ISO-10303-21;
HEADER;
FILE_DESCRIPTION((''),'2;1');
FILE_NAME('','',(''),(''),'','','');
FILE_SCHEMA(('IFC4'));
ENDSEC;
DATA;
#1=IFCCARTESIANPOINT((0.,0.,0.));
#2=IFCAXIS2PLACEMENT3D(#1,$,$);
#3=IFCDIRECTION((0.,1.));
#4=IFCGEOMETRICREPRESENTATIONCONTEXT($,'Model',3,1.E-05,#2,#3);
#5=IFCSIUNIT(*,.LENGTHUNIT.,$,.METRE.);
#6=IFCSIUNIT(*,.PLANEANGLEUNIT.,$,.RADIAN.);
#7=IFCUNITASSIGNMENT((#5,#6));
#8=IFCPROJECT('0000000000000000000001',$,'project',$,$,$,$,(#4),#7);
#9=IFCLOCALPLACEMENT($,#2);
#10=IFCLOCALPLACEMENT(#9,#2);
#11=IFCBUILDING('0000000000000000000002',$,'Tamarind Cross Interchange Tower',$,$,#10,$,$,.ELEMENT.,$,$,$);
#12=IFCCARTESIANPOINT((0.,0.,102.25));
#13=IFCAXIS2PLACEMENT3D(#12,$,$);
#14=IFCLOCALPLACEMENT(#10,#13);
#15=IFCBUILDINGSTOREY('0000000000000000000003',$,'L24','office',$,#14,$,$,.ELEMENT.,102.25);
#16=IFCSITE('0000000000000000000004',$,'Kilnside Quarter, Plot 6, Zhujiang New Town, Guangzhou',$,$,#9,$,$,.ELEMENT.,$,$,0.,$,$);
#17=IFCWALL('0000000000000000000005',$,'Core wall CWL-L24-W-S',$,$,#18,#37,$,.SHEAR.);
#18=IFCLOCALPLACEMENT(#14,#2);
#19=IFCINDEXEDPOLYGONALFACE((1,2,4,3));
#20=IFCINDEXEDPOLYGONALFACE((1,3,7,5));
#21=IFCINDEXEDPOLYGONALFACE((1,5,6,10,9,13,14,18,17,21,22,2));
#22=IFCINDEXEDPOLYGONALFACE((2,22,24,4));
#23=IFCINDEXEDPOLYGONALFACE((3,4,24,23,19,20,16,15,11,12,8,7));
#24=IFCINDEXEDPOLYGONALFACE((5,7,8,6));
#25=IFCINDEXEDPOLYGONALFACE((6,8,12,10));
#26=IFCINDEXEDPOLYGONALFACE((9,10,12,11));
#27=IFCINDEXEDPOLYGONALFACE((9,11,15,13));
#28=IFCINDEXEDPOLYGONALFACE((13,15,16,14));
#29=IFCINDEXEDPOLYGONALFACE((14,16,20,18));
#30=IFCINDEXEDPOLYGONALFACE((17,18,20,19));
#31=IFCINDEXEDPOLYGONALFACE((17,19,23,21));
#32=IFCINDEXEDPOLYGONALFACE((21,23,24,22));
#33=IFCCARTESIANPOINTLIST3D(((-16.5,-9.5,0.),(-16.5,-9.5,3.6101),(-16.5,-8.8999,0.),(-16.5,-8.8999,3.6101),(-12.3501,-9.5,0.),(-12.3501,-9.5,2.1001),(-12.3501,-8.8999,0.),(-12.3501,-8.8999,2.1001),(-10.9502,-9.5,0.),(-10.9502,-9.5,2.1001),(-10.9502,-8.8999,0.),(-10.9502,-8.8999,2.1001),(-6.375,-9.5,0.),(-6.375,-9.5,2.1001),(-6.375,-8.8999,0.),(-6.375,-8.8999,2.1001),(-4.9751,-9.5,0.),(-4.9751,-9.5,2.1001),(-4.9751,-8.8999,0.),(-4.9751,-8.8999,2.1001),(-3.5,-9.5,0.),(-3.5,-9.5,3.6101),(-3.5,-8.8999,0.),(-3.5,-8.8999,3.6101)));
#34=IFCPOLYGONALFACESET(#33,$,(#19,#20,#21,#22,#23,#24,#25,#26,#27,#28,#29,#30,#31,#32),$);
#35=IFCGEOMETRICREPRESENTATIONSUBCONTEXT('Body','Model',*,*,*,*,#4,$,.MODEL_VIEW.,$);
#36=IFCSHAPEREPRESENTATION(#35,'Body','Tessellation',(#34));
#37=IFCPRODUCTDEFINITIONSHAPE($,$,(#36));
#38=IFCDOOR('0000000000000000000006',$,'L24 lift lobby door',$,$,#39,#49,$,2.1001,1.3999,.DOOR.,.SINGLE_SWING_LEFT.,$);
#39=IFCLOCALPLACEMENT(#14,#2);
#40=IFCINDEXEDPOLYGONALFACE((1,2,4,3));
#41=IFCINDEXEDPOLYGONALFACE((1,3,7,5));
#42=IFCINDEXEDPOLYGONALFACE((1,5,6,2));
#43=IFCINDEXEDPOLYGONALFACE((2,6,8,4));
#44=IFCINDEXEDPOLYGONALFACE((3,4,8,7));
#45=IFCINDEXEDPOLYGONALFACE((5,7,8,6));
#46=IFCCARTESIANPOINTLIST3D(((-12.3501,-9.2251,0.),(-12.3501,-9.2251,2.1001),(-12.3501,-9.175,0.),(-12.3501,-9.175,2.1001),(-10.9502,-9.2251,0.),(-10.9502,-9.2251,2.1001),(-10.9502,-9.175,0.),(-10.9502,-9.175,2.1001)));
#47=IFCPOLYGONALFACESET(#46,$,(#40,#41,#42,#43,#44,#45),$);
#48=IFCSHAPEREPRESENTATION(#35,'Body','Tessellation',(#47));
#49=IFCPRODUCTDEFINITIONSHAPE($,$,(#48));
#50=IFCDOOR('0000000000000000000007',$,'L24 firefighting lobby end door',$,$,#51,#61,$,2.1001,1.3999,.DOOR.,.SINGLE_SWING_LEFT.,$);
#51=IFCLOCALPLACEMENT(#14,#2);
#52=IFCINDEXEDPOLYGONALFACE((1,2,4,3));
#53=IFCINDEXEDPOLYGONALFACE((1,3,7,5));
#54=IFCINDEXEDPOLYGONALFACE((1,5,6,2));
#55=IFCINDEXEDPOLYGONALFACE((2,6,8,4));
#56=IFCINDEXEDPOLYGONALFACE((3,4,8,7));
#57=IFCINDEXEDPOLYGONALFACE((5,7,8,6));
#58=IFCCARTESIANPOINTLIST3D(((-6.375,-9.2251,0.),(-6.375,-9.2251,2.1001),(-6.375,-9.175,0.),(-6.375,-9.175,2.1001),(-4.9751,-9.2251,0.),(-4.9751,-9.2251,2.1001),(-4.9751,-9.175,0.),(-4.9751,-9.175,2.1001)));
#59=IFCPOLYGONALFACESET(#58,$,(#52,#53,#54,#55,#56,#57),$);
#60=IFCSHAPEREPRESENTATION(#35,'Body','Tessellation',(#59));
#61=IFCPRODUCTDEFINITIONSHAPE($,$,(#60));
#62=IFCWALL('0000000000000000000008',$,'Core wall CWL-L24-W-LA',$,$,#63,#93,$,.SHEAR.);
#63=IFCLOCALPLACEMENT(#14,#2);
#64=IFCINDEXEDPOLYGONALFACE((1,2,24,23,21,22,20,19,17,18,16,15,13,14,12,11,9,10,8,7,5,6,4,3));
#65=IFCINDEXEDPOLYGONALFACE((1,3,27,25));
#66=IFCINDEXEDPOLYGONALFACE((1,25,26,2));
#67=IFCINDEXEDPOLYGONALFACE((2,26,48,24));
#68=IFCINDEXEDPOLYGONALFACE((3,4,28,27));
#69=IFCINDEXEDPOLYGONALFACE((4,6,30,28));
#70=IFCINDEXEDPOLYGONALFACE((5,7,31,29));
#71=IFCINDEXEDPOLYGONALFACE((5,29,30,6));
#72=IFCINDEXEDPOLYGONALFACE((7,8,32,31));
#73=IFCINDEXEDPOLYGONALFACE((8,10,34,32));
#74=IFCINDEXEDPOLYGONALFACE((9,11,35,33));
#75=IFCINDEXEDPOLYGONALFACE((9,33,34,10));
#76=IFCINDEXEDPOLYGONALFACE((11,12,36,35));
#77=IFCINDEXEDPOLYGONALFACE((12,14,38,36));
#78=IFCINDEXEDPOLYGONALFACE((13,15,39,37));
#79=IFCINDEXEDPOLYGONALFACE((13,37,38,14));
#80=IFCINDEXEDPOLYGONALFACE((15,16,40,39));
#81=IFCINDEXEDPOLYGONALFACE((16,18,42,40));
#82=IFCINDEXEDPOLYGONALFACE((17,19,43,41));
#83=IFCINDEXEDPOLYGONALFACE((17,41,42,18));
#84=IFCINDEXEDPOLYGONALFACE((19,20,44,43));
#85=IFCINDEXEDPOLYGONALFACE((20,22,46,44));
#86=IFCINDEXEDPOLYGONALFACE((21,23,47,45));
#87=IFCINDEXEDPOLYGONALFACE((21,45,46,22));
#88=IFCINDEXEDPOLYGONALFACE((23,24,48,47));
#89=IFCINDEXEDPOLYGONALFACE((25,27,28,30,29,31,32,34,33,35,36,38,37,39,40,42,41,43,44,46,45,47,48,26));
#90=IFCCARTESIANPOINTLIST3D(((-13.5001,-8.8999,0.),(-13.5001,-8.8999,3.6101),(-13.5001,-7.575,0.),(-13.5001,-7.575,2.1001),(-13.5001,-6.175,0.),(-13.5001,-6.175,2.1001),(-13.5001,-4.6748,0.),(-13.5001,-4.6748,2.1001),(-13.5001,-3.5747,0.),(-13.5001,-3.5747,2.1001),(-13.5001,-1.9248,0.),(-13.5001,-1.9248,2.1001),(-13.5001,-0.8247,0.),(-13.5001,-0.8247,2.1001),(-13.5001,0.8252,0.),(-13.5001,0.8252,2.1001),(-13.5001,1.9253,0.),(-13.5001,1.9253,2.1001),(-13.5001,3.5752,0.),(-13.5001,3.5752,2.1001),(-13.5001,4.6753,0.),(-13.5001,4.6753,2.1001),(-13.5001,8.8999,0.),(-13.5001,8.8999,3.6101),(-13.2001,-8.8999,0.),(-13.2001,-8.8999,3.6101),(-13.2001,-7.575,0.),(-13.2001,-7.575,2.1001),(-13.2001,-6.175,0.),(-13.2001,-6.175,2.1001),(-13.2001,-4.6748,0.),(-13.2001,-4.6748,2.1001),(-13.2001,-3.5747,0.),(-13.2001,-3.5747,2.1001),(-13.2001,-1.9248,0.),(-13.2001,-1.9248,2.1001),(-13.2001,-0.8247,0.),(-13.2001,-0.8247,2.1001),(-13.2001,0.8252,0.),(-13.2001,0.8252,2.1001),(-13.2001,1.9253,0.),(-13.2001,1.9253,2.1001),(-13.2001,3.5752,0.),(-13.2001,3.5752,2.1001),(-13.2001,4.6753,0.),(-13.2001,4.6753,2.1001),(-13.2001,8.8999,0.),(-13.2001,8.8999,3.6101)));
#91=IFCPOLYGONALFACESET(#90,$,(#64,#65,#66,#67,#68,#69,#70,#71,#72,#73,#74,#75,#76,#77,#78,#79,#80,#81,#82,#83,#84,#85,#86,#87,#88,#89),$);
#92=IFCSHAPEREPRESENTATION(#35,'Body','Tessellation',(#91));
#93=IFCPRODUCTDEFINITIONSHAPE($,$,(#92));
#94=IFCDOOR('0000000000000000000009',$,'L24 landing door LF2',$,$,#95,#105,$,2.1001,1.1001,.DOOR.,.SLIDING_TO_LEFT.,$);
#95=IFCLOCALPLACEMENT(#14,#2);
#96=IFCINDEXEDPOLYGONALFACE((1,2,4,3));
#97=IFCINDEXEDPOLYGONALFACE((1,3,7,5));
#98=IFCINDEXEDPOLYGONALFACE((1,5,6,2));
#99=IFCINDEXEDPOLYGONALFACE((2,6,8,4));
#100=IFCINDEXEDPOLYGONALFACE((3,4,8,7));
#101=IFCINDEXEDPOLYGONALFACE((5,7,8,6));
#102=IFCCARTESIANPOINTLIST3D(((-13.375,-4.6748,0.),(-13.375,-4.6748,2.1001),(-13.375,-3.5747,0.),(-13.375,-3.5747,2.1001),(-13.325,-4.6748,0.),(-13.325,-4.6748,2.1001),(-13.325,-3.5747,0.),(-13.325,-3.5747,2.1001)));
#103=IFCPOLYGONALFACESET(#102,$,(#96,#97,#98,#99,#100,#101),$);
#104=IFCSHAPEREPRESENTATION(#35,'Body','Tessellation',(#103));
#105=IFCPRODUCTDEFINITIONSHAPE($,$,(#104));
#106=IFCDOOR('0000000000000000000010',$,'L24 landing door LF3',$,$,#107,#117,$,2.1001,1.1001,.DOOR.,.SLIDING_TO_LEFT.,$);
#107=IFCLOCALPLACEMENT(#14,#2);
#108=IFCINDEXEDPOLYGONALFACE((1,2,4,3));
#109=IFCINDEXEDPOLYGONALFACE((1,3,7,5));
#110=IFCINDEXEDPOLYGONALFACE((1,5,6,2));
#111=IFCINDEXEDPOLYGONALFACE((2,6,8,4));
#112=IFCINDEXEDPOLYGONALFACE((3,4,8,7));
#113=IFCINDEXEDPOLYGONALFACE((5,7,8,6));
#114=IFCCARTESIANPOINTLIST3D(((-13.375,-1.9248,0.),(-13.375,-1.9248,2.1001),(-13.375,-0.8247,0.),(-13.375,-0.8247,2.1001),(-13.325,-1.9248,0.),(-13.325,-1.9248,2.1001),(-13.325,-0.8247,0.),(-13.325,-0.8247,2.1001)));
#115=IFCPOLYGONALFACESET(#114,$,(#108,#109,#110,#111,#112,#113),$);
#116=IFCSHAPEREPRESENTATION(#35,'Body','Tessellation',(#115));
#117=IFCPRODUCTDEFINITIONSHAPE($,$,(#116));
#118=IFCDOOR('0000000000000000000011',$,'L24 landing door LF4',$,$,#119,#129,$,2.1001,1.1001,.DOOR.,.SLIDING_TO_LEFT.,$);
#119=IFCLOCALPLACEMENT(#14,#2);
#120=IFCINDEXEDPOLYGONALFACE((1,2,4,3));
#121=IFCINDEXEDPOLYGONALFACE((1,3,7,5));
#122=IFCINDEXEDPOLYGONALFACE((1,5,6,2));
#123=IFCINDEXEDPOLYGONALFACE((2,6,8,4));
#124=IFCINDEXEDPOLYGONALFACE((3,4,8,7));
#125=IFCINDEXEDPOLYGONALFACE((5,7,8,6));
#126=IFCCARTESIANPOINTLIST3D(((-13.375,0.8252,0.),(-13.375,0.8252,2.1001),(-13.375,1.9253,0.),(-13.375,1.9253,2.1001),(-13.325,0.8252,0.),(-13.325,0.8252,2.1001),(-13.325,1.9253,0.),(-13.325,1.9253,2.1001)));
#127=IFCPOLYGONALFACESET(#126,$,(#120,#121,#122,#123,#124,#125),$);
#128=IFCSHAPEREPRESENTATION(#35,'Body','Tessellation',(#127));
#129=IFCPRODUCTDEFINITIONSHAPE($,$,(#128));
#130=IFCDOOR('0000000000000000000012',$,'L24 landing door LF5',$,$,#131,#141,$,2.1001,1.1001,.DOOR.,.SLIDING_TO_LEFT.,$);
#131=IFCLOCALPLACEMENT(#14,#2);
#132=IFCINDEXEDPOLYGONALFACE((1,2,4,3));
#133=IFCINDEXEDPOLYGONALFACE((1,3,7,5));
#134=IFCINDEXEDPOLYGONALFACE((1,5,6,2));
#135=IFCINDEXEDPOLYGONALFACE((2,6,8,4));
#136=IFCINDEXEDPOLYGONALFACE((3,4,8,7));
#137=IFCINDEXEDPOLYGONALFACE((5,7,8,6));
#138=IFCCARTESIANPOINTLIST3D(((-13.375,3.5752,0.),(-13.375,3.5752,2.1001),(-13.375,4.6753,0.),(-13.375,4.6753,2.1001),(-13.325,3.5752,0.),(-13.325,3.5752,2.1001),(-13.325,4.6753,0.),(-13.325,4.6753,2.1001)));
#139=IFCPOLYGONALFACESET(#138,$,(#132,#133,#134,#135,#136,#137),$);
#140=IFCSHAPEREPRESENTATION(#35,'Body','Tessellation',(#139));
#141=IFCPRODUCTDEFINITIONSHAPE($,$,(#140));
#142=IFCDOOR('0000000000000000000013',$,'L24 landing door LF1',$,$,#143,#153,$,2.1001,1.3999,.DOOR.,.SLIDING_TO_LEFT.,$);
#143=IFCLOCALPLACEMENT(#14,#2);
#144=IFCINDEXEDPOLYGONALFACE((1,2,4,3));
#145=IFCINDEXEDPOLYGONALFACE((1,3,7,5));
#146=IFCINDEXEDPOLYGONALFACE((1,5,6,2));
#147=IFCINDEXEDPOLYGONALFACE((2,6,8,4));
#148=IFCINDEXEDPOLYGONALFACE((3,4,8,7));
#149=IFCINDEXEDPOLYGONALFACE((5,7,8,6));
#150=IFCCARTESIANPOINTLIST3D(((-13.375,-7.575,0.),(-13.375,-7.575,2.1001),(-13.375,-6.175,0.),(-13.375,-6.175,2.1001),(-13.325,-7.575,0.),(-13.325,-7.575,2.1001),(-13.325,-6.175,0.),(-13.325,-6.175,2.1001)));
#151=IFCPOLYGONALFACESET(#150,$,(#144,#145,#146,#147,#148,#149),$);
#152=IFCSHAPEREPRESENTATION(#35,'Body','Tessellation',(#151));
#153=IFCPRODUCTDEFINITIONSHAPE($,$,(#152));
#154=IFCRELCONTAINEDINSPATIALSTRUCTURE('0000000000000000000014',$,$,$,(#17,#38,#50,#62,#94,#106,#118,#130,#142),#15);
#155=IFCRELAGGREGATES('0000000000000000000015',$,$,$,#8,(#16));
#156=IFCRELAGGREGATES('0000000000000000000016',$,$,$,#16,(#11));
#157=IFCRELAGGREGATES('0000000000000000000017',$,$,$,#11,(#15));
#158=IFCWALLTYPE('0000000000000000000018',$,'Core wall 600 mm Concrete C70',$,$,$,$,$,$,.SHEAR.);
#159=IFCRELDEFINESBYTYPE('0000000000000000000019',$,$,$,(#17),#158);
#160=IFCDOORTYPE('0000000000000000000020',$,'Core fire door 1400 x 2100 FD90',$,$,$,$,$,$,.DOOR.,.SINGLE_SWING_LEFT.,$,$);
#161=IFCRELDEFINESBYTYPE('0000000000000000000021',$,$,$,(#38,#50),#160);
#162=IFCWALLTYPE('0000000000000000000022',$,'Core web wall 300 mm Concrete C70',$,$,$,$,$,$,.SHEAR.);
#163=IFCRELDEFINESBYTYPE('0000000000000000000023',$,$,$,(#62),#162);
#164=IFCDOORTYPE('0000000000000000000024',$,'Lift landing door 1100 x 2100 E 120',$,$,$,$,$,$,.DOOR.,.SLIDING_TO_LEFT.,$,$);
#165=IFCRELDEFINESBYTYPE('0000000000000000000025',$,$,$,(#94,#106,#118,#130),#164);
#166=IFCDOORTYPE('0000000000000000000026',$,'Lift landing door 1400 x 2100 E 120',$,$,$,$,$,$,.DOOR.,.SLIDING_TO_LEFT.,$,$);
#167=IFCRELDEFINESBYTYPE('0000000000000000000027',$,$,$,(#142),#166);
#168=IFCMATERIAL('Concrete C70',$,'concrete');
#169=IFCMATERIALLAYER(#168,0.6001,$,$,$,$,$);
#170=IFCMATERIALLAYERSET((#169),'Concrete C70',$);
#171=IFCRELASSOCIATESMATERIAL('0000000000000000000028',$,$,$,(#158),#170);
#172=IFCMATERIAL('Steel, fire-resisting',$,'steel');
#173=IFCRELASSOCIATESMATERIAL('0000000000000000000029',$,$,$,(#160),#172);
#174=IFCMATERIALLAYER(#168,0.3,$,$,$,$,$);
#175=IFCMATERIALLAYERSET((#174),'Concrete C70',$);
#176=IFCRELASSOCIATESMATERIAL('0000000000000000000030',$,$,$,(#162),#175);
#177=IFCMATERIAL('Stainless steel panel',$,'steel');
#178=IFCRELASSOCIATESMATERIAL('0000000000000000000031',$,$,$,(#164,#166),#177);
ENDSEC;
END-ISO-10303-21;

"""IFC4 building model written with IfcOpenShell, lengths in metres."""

from ifc_helpers import new_model, si_unit, direction, frame, frame_2d, origin, place, context, subcontext, project, spatial, rectangle, extrude, material, layer, layer_set, type_object, element, fill, save


model = new_model("IFC4")

# Units and contexts
model_context = context("Model", 3, precision=1e-05, world=origin(), true_north=direction((0.0, 1.0)))
body_context = subcontext(model_context, "Body", "Model", "MODEL_VIEW")
ifc_project = project(units=[si_unit("LENGTHUNIT", "METRE"), si_unit("PLANEANGLEUNIT", "RADIAN")], contexts=[model_context])

# Site, building, storey
site_placement = place(None, origin())
site = spatial("IfcSite", under=ifc_project, at=site_placement, Name="Kilnside Quarter, Plot 6, Zhujiang New Town, Guangzhou", CompositionType="ELEMENT", RefElevation=0.0)
building_placement = place(site_placement, origin())
building = spatial("IfcBuilding", under=site, at=building_placement, Name="Tamarind Cross Interchange Tower", CompositionType="ELEMENT")
storey_placement = place(building_placement, frame((0.0, 0.0, 102.25)))
storey = spatial("IfcBuildingStorey", under=building, at=storey_placement, Name="L24", Description="office", CompositionType="ELEMENT", Elevation=102.25)

# Walls, openings, doors
ifc_material_1 = material(Name="Concrete C70", Category="concrete")
ifc_layer_1 = layer(ifc_material_1, 0.6001)
ifc_layer_set_1 = layer_set([ifc_layer_1], Name="Concrete C70")
wall_type_1 = type_object("IfcWallType", Name="Core wall 600 mm Concrete C70", PredefinedType="SHEAR", material=ifc_layer_set_1)
wall_1_placement = place(storey_placement, frame((-16.5, -9.2, 0.0), z_axis=(0.0, 0.0, 1.0), x_axis=(1.0, 0.0, 0.0)))
wall_1 = element("IfcWall", 1, at=wall_1_placement, inside=storey, type_object=wall_type_1, Name="Core wall CWL-L24-W-S", PredefinedType="SHEAR", context=body_context, shape_type="SweptSolid", body=[
    extrude(rectangle(XDim=13.0, YDim=0.6001, at=frame_2d((6.5, 0.0))), origin(), (0.0, 0.0, 1.0), 3.6101),
])
opening_1_placement = place(wall_1_placement, frame((4.1499, 0.0, 0.0)))
opening_1 = element("IfcOpeningElement", 2, at=opening_1_placement, cuts=wall_1, PredefinedType="OPENING", context=body_context, shape_type="SweptSolid", body=[
    extrude(rectangle(XDim=1.3999, YDim=2.1001, at=frame_2d((0.7, 1.05))), frame((0.0, 0.3101, 0.0), z_axis=(0.0, -1.0, 0.0), x_axis=(1.0, 0.0, 0.0)), (0.0, 0.0, 1.0), 0.6201),
])
opening_2_placement = place(wall_1_placement, frame((10.125, 0.0, 0.0)))
opening_2 = element("IfcOpeningElement", 3, at=opening_2_placement, cuts=wall_1, PredefinedType="OPENING", context=body_context, shape_type="SweptSolid", body=[
    extrude(rectangle(XDim=1.3999, YDim=2.1001, at=frame_2d((0.7, 1.05))), frame((0.0, 0.3101, 0.0), z_axis=(0.0, -1.0, 0.0), x_axis=(1.0, 0.0, 0.0)), (0.0, 0.0, 1.0), 0.6201),
])
ifc_material_2 = material(Name="Steel, fire-resisting", Category="steel")
door_type_1 = type_object("IfcDoorType", Name="Core fire door 1400 x 2100 FD90", OperationType="SINGLE_SWING_LEFT", PredefinedType="DOOR", material=ifc_material_2)
door_1_placement = place(opening_1_placement, origin())
door_1 = element("IfcDoor", 4, at=door_1_placement, inside=storey, type_object=door_type_1, Name="L24 lift lobby door", OperationType="SINGLE_SWING_LEFT", OverallHeight=2.1001, OverallWidth=1.3999, PredefinedType="DOOR", context=body_context, shape_type="SweptSolid", body=[
    extrude(rectangle(XDim=1.3999, YDim=2.1001, at=frame_2d((0.7, 1.05))), frame((0.0, 0.0249, 0.0), z_axis=(0.0, -1.0, 0.0), x_axis=(1.0, 0.0, 0.0)), (0.0, 0.0, 1.0), 0.05),
])
fill(opening_1, door_1)
door_2_placement = place(opening_2_placement, origin())
door_2 = element("IfcDoor", 5, at=door_2_placement, inside=storey, type_object=door_type_1, Name="L24 firefighting lobby end door", OperationType="SINGLE_SWING_LEFT", OverallHeight=2.1001, OverallWidth=1.3999, PredefinedType="DOOR", context=body_context, shape_type="SweptSolid", body=[
    extrude(rectangle(XDim=1.3999, YDim=2.1001, at=frame_2d((0.7, 1.05))), frame((0.0, 0.0249, 0.0), z_axis=(0.0, -1.0, 0.0), x_axis=(1.0, 0.0, 0.0)), (0.0, 0.0, 1.0), 0.05),
])
fill(opening_2, door_2)
ifc_layer_2 = layer(ifc_material_1, 0.3)
ifc_layer_set_2 = layer_set([ifc_layer_2], Name="Concrete C70")
wall_type_2 = type_object("IfcWallType", Name="Core web wall 300 mm Concrete C70", PredefinedType="SHEAR", material=ifc_layer_set_2)
wall_2_placement = place(storey_placement, frame((-13.3501, -8.8999, 0.0), z_axis=(0.0, 0.0, 1.0), x_axis=(0.0, 1.0, 0.0)))
wall_2 = element("IfcWall", 6, at=wall_2_placement, inside=storey, type_object=wall_type_2, Name="Core wall CWL-L24-W-LA", PredefinedType="SHEAR", context=body_context, shape_type="SweptSolid", body=[
    extrude(rectangle(XDim=17.7998, YDim=0.3, at=frame_2d((8.8999, 0.0))), origin(), (0.0, 0.0, 1.0), 3.6101),
])
opening_3_placement = place(wall_2_placement, frame((1.325, 0.0, 0.0)))
opening_3 = element("IfcOpeningElement", 7, at=opening_3_placement, cuts=wall_2, PredefinedType="OPENING", context=body_context, shape_type="SweptSolid", body=[
    extrude(rectangle(XDim=1.3999, YDim=2.1001, at=frame_2d((0.7, 1.05))), frame((0.0, 0.1599, 0.0), z_axis=(0.0, -1.0, 0.0), x_axis=(1.0, 0.0, 0.0)), (0.0, 0.0, 1.0), 0.3201),
])
opening_4_placement = place(wall_2_placement, frame((4.2251, 0.0, 0.0)))
opening_4 = element("IfcOpeningElement", 8, at=opening_4_placement, cuts=wall_2, PredefinedType="OPENING", context=body_context, shape_type="SweptSolid", body=[
    extrude(rectangle(XDim=1.1001, YDim=2.1001, at=frame_2d((0.55, 1.05))), frame((0.0, 0.1599, 0.0), z_axis=(0.0, -1.0, 0.0), x_axis=(1.0, 0.0, 0.0)), (0.0, 0.0, 1.0), 0.3201),
])
opening_5_placement = place(wall_2_placement, frame((6.9751, 0.0, 0.0)))
opening_5 = element("IfcOpeningElement", 9, at=opening_5_placement, cuts=wall_2, PredefinedType="OPENING", context=body_context, shape_type="SweptSolid", body=[
    extrude(rectangle(XDim=1.1001, YDim=2.1001, at=frame_2d((0.55, 1.05))), frame((0.0, 0.1599, 0.0), z_axis=(0.0, -1.0, 0.0), x_axis=(1.0, 0.0, 0.0)), (0.0, 0.0, 1.0), 0.3201),
])
opening_6_placement = place(wall_2_placement, frame((9.7251, 0.0, 0.0)))
opening_6 = element("IfcOpeningElement", 10, at=opening_6_placement, cuts=wall_2, PredefinedType="OPENING", context=body_context, shape_type="SweptSolid", body=[
    extrude(rectangle(XDim=1.1001, YDim=2.1001, at=frame_2d((0.55, 1.05))), frame((0.0, 0.1599, 0.0), z_axis=(0.0, -1.0, 0.0), x_axis=(1.0, 0.0, 0.0)), (0.0, 0.0, 1.0), 0.3201),
])
opening_7_placement = place(wall_2_placement, frame((12.4751, 0.0, 0.0)))
opening_7 = element("IfcOpeningElement", 11, at=opening_7_placement, cuts=wall_2, PredefinedType="OPENING", context=body_context, shape_type="SweptSolid", body=[
    extrude(rectangle(XDim=1.1001, YDim=2.1001, at=frame_2d((0.55, 1.05))), frame((0.0, 0.1599, 0.0), z_axis=(0.0, -1.0, 0.0), x_axis=(1.0, 0.0, 0.0)), (0.0, 0.0, 1.0), 0.3201),
])
ifc_material_3 = material(Name="Stainless steel panel", Category="steel")
door_type_2 = type_object("IfcDoorType", Name="Lift landing door 1100 x 2100 E 120", OperationType="SLIDING_TO_LEFT", PredefinedType="DOOR", material=ifc_material_3)
door_3_placement = place(opening_4_placement, origin())
door_3 = element("IfcDoor", 12, at=door_3_placement, inside=storey, type_object=door_type_2, Name="L24 landing door LF2", OperationType="SLIDING_TO_LEFT", OverallHeight=2.1001, OverallWidth=1.1001, PredefinedType="DOOR", context=body_context, shape_type="SweptSolid", body=[
    extrude(rectangle(XDim=1.1001, YDim=2.1001, at=frame_2d((0.55, 1.05))), frame((0.0, 0.0249, 0.0), z_axis=(0.0, -1.0, 0.0), x_axis=(1.0, 0.0, 0.0)), (0.0, 0.0, 1.0), 0.05),
])
fill(opening_4, door_3)
door_4_placement = place(opening_5_placement, origin())
door_4 = element("IfcDoor", 13, at=door_4_placement, inside=storey, type_object=door_type_2, Name="L24 landing door LF3", OperationType="SLIDING_TO_LEFT", OverallHeight=2.1001, OverallWidth=1.1001, PredefinedType="DOOR", context=body_context, shape_type="SweptSolid", body=[
    extrude(rectangle(XDim=1.1001, YDim=2.1001, at=frame_2d((0.55, 1.05))), frame((0.0, 0.0249, 0.0), z_axis=(0.0, -1.0, 0.0), x_axis=(1.0, 0.0, 0.0)), (0.0, 0.0, 1.0), 0.05),
])
fill(opening_5, door_4)
door_5_placement = place(opening_6_placement, origin())
door_5 = element("IfcDoor", 14, at=door_5_placement, inside=storey, type_object=door_type_2, Name="L24 landing door LF4", OperationType="SLIDING_TO_LEFT", OverallHeight=2.1001, OverallWidth=1.1001, PredefinedType="DOOR", context=body_context, shape_type="SweptSolid", body=[
    extrude(rectangle(XDim=1.1001, YDim=2.1001, at=frame_2d((0.55, 1.05))), frame((0.0, 0.0249, 0.0), z_axis=(0.0, -1.0, 0.0), x_axis=(1.0, 0.0, 0.0)), (0.0, 0.0, 1.0), 0.05),
])
fill(opening_6, door_5)
door_6_placement = place(opening_7_placement, origin())
door_6 = element("IfcDoor", 15, at=door_6_placement, inside=storey, type_object=door_type_2, Name="L24 landing door LF5", OperationType="SLIDING_TO_LEFT", OverallHeight=2.1001, OverallWidth=1.1001, PredefinedType="DOOR", context=body_context, shape_type="SweptSolid", body=[
    extrude(rectangle(XDim=1.1001, YDim=2.1001, at=frame_2d((0.55, 1.05))), frame((0.0, 0.0249, 0.0), z_axis=(0.0, -1.0, 0.0), x_axis=(1.0, 0.0, 0.0)), (0.0, 0.0, 1.0), 0.05),
])
fill(opening_7, door_6)
door_type_3 = type_object("IfcDoorType", Name="Lift landing door 1400 x 2100 E 120", OperationType="SLIDING_TO_LEFT", PredefinedType="DOOR", material=ifc_material_3)
door_7_placement = place(opening_3_placement, origin())
door_7 = element("IfcDoor", 16, at=door_7_placement, inside=storey, type_object=door_type_3, Name="L24 landing door LF1", OperationType="SLIDING_TO_LEFT", OverallHeight=2.1001, OverallWidth=1.3999, PredefinedType="DOOR", context=body_context, shape_type="SweptSolid", body=[
    extrude(rectangle(XDim=1.3999, YDim=2.1001, at=frame_2d((0.7, 1.05))), frame((0.0, 0.0249, 0.0), z_axis=(0.0, -1.0, 0.0), x_axis=(1.0, 0.0, 0.0)), (0.0, 0.0, 1.0), 0.05),
])
fill(opening_3, door_7)

save(model, "model.ifc")
